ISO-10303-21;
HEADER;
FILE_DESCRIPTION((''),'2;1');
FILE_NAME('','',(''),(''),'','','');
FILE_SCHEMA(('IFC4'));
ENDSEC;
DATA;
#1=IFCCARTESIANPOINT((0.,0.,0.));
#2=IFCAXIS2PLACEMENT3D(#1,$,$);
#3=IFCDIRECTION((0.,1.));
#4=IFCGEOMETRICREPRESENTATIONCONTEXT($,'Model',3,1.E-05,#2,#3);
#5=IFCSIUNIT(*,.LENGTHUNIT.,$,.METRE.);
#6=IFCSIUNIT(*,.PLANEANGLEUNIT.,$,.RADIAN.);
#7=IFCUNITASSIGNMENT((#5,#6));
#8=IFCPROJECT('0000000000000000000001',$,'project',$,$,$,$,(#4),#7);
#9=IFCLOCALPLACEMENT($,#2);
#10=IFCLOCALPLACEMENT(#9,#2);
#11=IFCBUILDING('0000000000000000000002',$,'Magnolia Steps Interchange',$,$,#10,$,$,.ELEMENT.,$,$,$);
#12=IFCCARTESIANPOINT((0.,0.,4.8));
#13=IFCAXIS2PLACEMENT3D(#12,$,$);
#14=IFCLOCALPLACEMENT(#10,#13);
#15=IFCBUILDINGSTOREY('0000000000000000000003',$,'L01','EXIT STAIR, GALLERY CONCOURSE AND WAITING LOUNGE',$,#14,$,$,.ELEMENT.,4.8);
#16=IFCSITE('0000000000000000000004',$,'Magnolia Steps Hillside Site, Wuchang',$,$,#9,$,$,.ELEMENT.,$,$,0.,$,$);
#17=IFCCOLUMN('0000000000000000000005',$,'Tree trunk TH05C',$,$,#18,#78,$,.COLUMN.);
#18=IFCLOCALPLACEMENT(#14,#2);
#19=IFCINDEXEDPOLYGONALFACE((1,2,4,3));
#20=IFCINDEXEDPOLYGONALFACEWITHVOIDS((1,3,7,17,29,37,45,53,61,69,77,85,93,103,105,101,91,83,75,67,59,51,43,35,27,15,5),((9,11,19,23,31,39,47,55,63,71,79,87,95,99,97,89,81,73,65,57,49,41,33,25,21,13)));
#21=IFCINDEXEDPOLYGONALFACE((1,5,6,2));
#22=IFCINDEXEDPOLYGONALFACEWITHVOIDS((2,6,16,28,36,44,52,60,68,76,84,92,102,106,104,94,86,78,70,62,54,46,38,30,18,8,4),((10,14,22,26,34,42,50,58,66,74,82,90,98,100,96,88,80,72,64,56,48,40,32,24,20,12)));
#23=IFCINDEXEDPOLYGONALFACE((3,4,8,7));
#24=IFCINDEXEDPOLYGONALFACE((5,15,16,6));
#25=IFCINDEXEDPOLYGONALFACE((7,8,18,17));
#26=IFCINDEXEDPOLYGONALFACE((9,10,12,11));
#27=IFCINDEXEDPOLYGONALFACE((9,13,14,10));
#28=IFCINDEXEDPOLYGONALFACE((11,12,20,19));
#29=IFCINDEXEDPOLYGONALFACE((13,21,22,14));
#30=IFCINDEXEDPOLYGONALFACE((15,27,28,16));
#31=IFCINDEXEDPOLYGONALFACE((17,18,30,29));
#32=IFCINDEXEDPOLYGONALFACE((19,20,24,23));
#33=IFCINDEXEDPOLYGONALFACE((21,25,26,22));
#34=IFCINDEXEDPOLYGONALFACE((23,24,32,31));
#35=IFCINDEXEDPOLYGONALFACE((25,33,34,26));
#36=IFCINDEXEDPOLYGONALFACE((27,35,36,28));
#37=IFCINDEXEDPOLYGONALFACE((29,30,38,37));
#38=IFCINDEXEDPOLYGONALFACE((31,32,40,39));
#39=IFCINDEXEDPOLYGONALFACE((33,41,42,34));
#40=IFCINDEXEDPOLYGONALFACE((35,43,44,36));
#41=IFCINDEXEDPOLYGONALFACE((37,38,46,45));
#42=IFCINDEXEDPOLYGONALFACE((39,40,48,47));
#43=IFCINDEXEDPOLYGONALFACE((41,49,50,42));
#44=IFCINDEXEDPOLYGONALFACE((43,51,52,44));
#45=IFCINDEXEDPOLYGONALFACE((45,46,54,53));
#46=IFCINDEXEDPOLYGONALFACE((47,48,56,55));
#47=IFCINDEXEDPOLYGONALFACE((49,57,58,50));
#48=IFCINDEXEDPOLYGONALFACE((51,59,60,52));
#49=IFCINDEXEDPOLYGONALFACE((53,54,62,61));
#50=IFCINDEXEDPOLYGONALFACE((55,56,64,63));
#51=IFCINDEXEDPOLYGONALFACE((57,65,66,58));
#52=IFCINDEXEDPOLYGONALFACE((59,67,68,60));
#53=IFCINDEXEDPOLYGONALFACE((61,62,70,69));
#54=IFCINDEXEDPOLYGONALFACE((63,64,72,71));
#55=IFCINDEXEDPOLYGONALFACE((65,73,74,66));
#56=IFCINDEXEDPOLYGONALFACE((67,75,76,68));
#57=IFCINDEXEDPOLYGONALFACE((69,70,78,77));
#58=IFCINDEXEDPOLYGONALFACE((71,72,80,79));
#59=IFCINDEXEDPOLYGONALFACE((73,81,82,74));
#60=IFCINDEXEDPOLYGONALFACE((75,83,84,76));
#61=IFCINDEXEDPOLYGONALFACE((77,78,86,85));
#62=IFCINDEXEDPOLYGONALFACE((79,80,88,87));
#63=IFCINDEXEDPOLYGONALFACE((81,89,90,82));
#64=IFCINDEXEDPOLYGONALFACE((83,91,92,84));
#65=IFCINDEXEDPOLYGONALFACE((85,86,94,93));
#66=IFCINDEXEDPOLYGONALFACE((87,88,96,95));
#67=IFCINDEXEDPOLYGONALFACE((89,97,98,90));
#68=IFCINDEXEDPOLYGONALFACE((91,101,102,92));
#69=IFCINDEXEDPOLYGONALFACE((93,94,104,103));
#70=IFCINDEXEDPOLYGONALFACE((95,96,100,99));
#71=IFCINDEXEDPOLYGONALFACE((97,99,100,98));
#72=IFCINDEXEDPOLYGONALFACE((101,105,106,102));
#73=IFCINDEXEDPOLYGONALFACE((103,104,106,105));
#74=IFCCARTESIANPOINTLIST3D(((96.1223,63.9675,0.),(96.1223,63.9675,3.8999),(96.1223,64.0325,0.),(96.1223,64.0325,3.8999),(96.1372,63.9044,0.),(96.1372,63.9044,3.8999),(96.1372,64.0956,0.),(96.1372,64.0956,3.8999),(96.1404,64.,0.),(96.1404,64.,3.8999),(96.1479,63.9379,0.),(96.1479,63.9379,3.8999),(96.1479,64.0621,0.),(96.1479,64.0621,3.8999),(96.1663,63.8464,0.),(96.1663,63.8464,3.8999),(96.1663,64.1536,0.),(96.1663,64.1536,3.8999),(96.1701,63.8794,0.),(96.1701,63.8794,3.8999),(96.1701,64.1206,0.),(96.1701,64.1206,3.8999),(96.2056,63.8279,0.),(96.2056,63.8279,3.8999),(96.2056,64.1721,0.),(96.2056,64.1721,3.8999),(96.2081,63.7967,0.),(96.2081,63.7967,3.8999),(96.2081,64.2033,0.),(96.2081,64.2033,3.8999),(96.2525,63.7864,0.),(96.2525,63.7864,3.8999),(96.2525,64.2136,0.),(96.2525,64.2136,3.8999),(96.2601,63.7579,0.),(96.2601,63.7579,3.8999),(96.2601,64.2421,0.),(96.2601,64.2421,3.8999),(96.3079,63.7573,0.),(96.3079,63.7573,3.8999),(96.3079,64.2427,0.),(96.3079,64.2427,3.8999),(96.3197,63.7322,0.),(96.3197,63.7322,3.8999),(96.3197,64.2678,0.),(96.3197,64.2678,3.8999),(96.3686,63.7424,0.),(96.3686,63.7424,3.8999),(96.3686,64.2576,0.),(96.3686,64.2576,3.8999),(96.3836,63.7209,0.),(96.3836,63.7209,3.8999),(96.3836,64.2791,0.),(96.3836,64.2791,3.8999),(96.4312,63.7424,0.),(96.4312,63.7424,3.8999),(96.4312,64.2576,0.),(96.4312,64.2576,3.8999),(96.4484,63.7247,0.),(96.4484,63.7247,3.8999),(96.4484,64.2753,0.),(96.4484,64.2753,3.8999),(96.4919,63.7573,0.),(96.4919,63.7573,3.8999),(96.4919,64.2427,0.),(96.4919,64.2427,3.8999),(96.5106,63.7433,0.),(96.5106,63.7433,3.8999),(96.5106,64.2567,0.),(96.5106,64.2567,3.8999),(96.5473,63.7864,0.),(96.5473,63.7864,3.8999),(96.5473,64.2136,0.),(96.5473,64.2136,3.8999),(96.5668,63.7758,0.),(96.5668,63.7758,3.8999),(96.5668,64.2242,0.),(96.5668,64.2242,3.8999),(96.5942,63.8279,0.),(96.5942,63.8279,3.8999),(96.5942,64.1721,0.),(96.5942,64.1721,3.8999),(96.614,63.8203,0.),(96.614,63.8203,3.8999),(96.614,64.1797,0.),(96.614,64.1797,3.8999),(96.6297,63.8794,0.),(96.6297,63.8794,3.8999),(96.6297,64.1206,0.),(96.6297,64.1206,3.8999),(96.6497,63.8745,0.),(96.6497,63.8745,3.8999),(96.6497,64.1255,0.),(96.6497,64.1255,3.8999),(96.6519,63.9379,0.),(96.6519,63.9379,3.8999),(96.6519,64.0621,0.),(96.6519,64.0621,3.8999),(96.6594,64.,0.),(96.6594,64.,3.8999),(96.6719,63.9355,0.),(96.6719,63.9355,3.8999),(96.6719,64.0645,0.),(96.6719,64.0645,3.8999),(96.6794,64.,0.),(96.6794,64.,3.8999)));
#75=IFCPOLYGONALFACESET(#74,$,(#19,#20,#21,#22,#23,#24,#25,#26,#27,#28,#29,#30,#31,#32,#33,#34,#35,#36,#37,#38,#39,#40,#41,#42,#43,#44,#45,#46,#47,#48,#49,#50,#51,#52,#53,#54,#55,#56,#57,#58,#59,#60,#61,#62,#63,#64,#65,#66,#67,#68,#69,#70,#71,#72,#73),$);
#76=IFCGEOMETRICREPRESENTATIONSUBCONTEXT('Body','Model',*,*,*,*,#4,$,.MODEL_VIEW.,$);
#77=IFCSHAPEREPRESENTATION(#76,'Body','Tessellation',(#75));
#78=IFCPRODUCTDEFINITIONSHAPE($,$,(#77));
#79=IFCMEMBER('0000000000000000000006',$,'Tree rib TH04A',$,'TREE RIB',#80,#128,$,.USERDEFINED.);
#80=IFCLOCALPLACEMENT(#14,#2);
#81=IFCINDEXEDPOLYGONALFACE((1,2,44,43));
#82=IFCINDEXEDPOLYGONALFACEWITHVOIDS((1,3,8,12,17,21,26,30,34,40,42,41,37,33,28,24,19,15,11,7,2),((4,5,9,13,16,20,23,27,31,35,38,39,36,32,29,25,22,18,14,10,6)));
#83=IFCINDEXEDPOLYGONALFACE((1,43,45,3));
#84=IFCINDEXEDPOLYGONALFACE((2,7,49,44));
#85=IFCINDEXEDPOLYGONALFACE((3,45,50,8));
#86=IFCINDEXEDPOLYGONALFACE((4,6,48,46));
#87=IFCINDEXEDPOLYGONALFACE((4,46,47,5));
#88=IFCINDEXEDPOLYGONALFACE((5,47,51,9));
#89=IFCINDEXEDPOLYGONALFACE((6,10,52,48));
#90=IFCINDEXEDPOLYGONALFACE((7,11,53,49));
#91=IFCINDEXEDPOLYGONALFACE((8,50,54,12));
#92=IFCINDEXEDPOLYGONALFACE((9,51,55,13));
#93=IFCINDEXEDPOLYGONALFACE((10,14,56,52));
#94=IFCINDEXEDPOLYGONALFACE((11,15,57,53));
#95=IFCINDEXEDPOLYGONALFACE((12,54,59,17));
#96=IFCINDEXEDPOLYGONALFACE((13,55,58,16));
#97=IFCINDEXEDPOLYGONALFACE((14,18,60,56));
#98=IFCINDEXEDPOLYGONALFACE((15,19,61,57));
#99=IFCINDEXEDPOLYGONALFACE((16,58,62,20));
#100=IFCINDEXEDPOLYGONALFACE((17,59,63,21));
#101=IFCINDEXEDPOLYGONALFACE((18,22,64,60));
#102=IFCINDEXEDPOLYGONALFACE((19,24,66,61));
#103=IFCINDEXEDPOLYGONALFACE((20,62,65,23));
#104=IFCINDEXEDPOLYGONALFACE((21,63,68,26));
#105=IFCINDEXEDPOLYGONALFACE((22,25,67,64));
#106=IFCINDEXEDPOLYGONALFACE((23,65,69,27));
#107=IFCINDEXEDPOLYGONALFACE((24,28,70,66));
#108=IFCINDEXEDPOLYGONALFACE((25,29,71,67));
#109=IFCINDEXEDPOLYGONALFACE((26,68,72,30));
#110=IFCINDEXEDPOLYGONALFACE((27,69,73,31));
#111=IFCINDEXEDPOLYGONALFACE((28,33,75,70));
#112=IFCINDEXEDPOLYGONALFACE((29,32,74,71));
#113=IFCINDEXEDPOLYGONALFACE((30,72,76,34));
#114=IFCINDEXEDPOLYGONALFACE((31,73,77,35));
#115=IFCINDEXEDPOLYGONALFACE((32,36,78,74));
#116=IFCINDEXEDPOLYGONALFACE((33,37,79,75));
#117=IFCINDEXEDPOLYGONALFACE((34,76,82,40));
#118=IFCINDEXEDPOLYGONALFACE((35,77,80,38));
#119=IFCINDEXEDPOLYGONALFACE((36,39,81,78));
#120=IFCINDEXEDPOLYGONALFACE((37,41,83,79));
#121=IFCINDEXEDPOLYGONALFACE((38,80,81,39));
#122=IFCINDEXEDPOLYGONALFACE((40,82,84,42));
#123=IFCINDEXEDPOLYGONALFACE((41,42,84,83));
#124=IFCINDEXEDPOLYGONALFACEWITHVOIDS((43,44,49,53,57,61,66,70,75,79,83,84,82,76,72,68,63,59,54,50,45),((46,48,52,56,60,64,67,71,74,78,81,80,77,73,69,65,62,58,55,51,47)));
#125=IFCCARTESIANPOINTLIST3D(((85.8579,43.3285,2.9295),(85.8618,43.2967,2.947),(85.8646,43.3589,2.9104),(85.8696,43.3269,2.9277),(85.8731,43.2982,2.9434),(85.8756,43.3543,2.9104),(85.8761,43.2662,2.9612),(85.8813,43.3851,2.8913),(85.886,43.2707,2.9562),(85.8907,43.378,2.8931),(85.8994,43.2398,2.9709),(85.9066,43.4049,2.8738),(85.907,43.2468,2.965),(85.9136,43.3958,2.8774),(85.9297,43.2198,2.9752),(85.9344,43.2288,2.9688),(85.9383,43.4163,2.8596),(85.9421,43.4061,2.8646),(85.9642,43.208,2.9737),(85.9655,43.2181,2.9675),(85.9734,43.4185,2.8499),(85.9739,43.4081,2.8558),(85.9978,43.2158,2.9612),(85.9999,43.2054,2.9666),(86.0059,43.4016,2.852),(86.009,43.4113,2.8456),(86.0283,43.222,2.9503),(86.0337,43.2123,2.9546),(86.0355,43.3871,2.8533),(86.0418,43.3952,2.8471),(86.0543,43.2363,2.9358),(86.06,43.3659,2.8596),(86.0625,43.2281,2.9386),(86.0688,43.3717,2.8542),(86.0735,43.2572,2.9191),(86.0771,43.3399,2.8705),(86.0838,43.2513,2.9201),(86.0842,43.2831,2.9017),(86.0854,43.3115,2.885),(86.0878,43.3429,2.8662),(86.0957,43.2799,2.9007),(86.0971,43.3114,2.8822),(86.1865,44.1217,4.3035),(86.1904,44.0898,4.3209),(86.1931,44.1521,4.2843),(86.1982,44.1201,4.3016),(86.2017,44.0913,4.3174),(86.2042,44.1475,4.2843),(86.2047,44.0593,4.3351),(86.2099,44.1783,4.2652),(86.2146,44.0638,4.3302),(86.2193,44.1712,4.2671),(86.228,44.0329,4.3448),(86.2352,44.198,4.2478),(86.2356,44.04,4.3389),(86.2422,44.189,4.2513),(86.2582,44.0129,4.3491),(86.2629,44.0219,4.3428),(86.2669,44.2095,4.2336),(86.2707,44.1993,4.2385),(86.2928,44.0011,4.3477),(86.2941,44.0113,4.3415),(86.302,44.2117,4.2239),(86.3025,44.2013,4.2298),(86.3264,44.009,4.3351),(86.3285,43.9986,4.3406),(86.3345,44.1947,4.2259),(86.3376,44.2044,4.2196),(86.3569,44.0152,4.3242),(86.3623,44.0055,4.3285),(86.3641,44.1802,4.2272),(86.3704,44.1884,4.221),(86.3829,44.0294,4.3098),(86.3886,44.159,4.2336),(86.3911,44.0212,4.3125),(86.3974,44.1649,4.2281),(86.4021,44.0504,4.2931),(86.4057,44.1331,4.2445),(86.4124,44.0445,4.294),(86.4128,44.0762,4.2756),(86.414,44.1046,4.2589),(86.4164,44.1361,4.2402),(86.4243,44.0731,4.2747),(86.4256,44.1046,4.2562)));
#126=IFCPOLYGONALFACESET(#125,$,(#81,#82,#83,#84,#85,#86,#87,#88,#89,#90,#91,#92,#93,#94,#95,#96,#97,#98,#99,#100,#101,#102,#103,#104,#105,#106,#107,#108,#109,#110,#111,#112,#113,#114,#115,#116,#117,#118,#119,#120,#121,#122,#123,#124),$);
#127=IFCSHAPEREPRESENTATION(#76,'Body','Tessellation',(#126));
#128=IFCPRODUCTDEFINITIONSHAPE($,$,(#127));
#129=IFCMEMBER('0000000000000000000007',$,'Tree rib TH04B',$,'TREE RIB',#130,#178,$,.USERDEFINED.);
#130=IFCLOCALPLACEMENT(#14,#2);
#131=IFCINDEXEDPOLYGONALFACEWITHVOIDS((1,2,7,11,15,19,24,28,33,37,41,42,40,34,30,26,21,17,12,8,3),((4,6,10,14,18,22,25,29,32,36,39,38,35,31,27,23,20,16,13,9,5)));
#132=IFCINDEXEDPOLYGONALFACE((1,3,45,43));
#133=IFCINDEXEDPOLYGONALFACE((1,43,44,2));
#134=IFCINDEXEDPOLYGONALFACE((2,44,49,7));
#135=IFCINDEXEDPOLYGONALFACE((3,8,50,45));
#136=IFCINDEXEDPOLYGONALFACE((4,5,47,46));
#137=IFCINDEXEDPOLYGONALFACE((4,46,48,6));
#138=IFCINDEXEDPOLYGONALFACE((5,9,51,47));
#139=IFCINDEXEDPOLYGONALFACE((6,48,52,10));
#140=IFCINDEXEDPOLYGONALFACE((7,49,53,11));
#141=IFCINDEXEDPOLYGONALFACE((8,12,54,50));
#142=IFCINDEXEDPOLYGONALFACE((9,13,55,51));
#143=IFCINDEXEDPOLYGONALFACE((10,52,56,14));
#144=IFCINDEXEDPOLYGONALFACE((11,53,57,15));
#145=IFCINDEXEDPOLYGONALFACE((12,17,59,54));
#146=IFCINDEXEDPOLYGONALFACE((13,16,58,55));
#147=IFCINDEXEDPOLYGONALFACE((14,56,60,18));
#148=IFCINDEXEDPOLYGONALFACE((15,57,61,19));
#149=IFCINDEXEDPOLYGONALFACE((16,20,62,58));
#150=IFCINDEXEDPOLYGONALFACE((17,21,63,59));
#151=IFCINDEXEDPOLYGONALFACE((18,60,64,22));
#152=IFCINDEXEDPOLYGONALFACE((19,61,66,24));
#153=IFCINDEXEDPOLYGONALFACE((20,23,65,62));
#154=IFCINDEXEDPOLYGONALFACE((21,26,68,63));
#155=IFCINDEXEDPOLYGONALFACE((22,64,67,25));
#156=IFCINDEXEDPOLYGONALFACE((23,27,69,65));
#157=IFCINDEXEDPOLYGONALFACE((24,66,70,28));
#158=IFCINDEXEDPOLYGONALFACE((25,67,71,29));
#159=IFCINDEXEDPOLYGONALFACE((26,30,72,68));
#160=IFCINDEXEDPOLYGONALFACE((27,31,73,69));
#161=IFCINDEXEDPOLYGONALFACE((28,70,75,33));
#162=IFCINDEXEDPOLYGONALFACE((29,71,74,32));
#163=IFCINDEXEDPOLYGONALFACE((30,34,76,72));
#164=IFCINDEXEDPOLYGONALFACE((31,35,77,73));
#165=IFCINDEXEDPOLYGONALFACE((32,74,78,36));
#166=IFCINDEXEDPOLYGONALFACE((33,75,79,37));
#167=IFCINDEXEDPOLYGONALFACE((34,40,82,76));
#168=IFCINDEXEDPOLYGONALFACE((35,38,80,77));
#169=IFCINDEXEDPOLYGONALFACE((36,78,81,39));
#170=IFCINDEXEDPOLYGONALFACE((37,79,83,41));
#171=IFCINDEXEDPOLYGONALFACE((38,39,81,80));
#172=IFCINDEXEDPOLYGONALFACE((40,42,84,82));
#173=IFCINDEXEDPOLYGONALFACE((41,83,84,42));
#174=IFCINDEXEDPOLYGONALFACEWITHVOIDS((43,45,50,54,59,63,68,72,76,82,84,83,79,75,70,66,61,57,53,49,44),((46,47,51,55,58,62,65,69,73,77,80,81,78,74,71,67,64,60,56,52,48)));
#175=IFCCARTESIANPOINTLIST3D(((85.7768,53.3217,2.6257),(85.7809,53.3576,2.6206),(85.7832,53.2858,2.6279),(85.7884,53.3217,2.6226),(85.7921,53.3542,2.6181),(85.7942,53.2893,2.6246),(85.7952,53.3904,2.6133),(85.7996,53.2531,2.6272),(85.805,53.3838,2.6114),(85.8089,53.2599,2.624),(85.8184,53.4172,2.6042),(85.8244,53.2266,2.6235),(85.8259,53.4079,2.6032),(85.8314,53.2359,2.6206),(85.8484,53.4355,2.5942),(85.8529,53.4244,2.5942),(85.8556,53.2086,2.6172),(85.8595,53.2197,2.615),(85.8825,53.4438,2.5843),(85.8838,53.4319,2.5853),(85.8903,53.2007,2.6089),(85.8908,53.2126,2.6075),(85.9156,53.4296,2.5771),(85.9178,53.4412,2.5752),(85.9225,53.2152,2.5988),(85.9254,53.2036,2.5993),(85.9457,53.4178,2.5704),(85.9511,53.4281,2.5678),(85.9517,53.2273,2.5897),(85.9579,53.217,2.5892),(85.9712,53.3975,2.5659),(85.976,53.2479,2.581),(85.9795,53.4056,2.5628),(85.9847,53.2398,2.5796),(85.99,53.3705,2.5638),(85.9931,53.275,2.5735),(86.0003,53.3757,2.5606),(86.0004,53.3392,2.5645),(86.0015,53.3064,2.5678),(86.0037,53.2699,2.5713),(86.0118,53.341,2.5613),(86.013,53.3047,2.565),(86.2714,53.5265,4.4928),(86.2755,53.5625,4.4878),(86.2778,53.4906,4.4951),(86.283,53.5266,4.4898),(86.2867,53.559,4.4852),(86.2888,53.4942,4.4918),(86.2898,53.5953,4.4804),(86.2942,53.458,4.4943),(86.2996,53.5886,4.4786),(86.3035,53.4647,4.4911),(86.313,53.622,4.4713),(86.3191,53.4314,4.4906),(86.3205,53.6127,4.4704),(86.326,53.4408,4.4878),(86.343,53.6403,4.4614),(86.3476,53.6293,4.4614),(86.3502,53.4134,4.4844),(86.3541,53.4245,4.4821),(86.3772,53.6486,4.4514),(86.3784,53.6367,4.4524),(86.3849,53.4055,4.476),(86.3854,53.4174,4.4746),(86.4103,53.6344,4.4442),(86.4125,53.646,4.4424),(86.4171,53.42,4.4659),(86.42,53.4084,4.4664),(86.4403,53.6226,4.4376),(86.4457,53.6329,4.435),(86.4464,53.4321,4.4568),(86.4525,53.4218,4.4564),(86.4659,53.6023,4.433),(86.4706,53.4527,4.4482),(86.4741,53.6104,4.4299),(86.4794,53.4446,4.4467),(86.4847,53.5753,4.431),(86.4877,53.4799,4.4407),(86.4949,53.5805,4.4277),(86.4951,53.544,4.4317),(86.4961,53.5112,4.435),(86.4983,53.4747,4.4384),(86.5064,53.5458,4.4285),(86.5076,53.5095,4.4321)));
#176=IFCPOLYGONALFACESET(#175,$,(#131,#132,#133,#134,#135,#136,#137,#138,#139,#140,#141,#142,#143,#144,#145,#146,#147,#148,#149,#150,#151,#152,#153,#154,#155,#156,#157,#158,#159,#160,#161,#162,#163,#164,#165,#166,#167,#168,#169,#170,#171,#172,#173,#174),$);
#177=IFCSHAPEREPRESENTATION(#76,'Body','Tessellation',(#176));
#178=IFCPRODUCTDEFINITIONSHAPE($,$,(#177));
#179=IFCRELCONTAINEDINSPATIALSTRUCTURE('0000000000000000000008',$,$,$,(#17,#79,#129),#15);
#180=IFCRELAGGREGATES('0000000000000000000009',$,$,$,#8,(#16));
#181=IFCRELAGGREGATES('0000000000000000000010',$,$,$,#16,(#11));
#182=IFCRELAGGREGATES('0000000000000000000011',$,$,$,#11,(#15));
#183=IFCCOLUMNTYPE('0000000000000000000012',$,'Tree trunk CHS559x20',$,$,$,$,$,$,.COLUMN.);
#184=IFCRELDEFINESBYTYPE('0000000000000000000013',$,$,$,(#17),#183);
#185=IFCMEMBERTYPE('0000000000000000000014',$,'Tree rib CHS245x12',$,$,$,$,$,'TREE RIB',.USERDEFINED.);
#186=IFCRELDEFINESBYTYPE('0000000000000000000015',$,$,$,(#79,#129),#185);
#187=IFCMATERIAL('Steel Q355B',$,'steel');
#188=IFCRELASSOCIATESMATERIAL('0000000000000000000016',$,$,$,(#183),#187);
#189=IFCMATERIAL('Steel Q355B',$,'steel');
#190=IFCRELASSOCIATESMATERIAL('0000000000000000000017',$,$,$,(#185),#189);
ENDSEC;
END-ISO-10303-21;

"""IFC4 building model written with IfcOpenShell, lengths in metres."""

from ifc_helpers import new_model, si_unit, direction, frame, origin, origin_2d, place, context, subcontext, project, spatial, hollow_circle, extrude, material, material_profile, profile_set, type_object, element, save


model = new_model("IFC4")

# Units and contexts
model_context = context("Model", 3, precision=1e-05, world=origin(), true_north=direction((0.0, 1.0)))
body_context = subcontext(model_context, "Body", "Model", "MODEL_VIEW")
ifc_project = project(units=[si_unit("LENGTHUNIT", "METRE"), si_unit("PLANEANGLEUNIT", "RADIAN")], contexts=[model_context])

# Site, building, storey
site_placement = place(None, origin())
site = spatial("IfcSite", under=ifc_project, at=site_placement, Name="Magnolia Steps Hillside Site, Wuchang", CompositionType="ELEMENT", RefElevation=0.0)
building_placement = place(site_placement, origin())
building = spatial("IfcBuilding", under=site, at=building_placement, Name="Magnolia Steps Interchange", CompositionType="ELEMENT")
storey_placement = place(building_placement, frame((0.0, 0.0, 4.8)))
storey = spatial("IfcBuildingStorey", under=building, at=storey_placement, Name="L01", Description="EXIT STAIR, GALLERY CONCOURSE AND WAITING LOUNGE", CompositionType="ELEMENT", Elevation=4.8)

# Column
ifc_material_1 = material(Name="Steel Q355B", Category="steel")
ifc_material_profile_1 = material_profile(ifc_material_1, hollow_circle(Radius=0.2795, WallThickness=0.02, at=origin_2d()), Name="CHS559x20")
ifc_profile_set_1 = profile_set([ifc_material_profile_1], Name="Steel Q355B")
column_type = type_object("IfcColumnType", Name="Tree trunk CHS559x20", PredefinedType="COLUMN", material=ifc_profile_set_1)
column_1_placement = place(storey_placement, frame((96.3999, 64.0, 0.0), z_axis=(0.0, 0.0, 1.0), x_axis=(1.0, 0.0, 0.0)))
element("IfcColumn", 1, at=column_1_placement, inside=storey, type_object=column_type, Name="Tree trunk TH05C", PredefinedType="COLUMN", context=body_context, shape_type="SweptSolid", body=[
    extrude(hollow_circle(Radius=0.2795, WallThickness=0.02, at=origin_2d()), origin(), (0.0, 0.0, 1.0), 3.8999),
])

# Members
ifc_material_2 = material(Name="Steel Q355B", Category="steel")
ifc_material_profile_2 = material_profile(ifc_material_2, hollow_circle(Radius=0.1226, WallThickness=0.012, at=origin_2d()), Name="CHS245x12")
ifc_profile_set_2 = profile_set([ifc_material_profile_2], Name="Steel Q355B")
member_type = type_object("IfcMemberType", Name="Tree rib CHS245x12", ElementType="TREE RIB", PredefinedType="USERDEFINED", material=ifc_profile_set_2)
member_1_placement = place(storey_placement, frame((85.9778, 43.312, 2.9104), z_axis=(0.20282, 0.489571, 0.848047), x_axis=(-0.923857, 0.382737, 0.0)))
element("IfcMember", 2, at=member_1_placement, inside=storey, type_object=member_type, Name="Tree rib TH04A", ObjectType="TREE RIB", PredefinedType="USERDEFINED", context=body_context, shape_type="SweptSolid", body=[
    extrude(hollow_circle(Radius=0.1226, WallThickness=0.012, at=origin_2d()), origin(), (0.0, 0.0, 1.0), 1.6201),
])
for number, where, z_axis, x_axis, name in (
    (3, (85.8953, 53.3223, 2.5942), (0.254645, 0.105453, 0.961268), (-0.382607, 0.923911, 0.0), "Tree rib TH04B"),
):
    element("IfcMember", number, at=place(storey_placement, frame(where, z_axis=z_axis, x_axis=x_axis)), inside=storey, type_object=member_type, Name=name, ObjectType="TREE RIB", PredefinedType="USERDEFINED", context=body_context, shape_type="SweptSolid", body=[
        extrude(hollow_circle(Radius=0.1226, WallThickness=0.012, at=origin_2d()), origin(), (0.0, 0.0, 1.0), 1.9424),
    ])

save(model, "model.ifc")
